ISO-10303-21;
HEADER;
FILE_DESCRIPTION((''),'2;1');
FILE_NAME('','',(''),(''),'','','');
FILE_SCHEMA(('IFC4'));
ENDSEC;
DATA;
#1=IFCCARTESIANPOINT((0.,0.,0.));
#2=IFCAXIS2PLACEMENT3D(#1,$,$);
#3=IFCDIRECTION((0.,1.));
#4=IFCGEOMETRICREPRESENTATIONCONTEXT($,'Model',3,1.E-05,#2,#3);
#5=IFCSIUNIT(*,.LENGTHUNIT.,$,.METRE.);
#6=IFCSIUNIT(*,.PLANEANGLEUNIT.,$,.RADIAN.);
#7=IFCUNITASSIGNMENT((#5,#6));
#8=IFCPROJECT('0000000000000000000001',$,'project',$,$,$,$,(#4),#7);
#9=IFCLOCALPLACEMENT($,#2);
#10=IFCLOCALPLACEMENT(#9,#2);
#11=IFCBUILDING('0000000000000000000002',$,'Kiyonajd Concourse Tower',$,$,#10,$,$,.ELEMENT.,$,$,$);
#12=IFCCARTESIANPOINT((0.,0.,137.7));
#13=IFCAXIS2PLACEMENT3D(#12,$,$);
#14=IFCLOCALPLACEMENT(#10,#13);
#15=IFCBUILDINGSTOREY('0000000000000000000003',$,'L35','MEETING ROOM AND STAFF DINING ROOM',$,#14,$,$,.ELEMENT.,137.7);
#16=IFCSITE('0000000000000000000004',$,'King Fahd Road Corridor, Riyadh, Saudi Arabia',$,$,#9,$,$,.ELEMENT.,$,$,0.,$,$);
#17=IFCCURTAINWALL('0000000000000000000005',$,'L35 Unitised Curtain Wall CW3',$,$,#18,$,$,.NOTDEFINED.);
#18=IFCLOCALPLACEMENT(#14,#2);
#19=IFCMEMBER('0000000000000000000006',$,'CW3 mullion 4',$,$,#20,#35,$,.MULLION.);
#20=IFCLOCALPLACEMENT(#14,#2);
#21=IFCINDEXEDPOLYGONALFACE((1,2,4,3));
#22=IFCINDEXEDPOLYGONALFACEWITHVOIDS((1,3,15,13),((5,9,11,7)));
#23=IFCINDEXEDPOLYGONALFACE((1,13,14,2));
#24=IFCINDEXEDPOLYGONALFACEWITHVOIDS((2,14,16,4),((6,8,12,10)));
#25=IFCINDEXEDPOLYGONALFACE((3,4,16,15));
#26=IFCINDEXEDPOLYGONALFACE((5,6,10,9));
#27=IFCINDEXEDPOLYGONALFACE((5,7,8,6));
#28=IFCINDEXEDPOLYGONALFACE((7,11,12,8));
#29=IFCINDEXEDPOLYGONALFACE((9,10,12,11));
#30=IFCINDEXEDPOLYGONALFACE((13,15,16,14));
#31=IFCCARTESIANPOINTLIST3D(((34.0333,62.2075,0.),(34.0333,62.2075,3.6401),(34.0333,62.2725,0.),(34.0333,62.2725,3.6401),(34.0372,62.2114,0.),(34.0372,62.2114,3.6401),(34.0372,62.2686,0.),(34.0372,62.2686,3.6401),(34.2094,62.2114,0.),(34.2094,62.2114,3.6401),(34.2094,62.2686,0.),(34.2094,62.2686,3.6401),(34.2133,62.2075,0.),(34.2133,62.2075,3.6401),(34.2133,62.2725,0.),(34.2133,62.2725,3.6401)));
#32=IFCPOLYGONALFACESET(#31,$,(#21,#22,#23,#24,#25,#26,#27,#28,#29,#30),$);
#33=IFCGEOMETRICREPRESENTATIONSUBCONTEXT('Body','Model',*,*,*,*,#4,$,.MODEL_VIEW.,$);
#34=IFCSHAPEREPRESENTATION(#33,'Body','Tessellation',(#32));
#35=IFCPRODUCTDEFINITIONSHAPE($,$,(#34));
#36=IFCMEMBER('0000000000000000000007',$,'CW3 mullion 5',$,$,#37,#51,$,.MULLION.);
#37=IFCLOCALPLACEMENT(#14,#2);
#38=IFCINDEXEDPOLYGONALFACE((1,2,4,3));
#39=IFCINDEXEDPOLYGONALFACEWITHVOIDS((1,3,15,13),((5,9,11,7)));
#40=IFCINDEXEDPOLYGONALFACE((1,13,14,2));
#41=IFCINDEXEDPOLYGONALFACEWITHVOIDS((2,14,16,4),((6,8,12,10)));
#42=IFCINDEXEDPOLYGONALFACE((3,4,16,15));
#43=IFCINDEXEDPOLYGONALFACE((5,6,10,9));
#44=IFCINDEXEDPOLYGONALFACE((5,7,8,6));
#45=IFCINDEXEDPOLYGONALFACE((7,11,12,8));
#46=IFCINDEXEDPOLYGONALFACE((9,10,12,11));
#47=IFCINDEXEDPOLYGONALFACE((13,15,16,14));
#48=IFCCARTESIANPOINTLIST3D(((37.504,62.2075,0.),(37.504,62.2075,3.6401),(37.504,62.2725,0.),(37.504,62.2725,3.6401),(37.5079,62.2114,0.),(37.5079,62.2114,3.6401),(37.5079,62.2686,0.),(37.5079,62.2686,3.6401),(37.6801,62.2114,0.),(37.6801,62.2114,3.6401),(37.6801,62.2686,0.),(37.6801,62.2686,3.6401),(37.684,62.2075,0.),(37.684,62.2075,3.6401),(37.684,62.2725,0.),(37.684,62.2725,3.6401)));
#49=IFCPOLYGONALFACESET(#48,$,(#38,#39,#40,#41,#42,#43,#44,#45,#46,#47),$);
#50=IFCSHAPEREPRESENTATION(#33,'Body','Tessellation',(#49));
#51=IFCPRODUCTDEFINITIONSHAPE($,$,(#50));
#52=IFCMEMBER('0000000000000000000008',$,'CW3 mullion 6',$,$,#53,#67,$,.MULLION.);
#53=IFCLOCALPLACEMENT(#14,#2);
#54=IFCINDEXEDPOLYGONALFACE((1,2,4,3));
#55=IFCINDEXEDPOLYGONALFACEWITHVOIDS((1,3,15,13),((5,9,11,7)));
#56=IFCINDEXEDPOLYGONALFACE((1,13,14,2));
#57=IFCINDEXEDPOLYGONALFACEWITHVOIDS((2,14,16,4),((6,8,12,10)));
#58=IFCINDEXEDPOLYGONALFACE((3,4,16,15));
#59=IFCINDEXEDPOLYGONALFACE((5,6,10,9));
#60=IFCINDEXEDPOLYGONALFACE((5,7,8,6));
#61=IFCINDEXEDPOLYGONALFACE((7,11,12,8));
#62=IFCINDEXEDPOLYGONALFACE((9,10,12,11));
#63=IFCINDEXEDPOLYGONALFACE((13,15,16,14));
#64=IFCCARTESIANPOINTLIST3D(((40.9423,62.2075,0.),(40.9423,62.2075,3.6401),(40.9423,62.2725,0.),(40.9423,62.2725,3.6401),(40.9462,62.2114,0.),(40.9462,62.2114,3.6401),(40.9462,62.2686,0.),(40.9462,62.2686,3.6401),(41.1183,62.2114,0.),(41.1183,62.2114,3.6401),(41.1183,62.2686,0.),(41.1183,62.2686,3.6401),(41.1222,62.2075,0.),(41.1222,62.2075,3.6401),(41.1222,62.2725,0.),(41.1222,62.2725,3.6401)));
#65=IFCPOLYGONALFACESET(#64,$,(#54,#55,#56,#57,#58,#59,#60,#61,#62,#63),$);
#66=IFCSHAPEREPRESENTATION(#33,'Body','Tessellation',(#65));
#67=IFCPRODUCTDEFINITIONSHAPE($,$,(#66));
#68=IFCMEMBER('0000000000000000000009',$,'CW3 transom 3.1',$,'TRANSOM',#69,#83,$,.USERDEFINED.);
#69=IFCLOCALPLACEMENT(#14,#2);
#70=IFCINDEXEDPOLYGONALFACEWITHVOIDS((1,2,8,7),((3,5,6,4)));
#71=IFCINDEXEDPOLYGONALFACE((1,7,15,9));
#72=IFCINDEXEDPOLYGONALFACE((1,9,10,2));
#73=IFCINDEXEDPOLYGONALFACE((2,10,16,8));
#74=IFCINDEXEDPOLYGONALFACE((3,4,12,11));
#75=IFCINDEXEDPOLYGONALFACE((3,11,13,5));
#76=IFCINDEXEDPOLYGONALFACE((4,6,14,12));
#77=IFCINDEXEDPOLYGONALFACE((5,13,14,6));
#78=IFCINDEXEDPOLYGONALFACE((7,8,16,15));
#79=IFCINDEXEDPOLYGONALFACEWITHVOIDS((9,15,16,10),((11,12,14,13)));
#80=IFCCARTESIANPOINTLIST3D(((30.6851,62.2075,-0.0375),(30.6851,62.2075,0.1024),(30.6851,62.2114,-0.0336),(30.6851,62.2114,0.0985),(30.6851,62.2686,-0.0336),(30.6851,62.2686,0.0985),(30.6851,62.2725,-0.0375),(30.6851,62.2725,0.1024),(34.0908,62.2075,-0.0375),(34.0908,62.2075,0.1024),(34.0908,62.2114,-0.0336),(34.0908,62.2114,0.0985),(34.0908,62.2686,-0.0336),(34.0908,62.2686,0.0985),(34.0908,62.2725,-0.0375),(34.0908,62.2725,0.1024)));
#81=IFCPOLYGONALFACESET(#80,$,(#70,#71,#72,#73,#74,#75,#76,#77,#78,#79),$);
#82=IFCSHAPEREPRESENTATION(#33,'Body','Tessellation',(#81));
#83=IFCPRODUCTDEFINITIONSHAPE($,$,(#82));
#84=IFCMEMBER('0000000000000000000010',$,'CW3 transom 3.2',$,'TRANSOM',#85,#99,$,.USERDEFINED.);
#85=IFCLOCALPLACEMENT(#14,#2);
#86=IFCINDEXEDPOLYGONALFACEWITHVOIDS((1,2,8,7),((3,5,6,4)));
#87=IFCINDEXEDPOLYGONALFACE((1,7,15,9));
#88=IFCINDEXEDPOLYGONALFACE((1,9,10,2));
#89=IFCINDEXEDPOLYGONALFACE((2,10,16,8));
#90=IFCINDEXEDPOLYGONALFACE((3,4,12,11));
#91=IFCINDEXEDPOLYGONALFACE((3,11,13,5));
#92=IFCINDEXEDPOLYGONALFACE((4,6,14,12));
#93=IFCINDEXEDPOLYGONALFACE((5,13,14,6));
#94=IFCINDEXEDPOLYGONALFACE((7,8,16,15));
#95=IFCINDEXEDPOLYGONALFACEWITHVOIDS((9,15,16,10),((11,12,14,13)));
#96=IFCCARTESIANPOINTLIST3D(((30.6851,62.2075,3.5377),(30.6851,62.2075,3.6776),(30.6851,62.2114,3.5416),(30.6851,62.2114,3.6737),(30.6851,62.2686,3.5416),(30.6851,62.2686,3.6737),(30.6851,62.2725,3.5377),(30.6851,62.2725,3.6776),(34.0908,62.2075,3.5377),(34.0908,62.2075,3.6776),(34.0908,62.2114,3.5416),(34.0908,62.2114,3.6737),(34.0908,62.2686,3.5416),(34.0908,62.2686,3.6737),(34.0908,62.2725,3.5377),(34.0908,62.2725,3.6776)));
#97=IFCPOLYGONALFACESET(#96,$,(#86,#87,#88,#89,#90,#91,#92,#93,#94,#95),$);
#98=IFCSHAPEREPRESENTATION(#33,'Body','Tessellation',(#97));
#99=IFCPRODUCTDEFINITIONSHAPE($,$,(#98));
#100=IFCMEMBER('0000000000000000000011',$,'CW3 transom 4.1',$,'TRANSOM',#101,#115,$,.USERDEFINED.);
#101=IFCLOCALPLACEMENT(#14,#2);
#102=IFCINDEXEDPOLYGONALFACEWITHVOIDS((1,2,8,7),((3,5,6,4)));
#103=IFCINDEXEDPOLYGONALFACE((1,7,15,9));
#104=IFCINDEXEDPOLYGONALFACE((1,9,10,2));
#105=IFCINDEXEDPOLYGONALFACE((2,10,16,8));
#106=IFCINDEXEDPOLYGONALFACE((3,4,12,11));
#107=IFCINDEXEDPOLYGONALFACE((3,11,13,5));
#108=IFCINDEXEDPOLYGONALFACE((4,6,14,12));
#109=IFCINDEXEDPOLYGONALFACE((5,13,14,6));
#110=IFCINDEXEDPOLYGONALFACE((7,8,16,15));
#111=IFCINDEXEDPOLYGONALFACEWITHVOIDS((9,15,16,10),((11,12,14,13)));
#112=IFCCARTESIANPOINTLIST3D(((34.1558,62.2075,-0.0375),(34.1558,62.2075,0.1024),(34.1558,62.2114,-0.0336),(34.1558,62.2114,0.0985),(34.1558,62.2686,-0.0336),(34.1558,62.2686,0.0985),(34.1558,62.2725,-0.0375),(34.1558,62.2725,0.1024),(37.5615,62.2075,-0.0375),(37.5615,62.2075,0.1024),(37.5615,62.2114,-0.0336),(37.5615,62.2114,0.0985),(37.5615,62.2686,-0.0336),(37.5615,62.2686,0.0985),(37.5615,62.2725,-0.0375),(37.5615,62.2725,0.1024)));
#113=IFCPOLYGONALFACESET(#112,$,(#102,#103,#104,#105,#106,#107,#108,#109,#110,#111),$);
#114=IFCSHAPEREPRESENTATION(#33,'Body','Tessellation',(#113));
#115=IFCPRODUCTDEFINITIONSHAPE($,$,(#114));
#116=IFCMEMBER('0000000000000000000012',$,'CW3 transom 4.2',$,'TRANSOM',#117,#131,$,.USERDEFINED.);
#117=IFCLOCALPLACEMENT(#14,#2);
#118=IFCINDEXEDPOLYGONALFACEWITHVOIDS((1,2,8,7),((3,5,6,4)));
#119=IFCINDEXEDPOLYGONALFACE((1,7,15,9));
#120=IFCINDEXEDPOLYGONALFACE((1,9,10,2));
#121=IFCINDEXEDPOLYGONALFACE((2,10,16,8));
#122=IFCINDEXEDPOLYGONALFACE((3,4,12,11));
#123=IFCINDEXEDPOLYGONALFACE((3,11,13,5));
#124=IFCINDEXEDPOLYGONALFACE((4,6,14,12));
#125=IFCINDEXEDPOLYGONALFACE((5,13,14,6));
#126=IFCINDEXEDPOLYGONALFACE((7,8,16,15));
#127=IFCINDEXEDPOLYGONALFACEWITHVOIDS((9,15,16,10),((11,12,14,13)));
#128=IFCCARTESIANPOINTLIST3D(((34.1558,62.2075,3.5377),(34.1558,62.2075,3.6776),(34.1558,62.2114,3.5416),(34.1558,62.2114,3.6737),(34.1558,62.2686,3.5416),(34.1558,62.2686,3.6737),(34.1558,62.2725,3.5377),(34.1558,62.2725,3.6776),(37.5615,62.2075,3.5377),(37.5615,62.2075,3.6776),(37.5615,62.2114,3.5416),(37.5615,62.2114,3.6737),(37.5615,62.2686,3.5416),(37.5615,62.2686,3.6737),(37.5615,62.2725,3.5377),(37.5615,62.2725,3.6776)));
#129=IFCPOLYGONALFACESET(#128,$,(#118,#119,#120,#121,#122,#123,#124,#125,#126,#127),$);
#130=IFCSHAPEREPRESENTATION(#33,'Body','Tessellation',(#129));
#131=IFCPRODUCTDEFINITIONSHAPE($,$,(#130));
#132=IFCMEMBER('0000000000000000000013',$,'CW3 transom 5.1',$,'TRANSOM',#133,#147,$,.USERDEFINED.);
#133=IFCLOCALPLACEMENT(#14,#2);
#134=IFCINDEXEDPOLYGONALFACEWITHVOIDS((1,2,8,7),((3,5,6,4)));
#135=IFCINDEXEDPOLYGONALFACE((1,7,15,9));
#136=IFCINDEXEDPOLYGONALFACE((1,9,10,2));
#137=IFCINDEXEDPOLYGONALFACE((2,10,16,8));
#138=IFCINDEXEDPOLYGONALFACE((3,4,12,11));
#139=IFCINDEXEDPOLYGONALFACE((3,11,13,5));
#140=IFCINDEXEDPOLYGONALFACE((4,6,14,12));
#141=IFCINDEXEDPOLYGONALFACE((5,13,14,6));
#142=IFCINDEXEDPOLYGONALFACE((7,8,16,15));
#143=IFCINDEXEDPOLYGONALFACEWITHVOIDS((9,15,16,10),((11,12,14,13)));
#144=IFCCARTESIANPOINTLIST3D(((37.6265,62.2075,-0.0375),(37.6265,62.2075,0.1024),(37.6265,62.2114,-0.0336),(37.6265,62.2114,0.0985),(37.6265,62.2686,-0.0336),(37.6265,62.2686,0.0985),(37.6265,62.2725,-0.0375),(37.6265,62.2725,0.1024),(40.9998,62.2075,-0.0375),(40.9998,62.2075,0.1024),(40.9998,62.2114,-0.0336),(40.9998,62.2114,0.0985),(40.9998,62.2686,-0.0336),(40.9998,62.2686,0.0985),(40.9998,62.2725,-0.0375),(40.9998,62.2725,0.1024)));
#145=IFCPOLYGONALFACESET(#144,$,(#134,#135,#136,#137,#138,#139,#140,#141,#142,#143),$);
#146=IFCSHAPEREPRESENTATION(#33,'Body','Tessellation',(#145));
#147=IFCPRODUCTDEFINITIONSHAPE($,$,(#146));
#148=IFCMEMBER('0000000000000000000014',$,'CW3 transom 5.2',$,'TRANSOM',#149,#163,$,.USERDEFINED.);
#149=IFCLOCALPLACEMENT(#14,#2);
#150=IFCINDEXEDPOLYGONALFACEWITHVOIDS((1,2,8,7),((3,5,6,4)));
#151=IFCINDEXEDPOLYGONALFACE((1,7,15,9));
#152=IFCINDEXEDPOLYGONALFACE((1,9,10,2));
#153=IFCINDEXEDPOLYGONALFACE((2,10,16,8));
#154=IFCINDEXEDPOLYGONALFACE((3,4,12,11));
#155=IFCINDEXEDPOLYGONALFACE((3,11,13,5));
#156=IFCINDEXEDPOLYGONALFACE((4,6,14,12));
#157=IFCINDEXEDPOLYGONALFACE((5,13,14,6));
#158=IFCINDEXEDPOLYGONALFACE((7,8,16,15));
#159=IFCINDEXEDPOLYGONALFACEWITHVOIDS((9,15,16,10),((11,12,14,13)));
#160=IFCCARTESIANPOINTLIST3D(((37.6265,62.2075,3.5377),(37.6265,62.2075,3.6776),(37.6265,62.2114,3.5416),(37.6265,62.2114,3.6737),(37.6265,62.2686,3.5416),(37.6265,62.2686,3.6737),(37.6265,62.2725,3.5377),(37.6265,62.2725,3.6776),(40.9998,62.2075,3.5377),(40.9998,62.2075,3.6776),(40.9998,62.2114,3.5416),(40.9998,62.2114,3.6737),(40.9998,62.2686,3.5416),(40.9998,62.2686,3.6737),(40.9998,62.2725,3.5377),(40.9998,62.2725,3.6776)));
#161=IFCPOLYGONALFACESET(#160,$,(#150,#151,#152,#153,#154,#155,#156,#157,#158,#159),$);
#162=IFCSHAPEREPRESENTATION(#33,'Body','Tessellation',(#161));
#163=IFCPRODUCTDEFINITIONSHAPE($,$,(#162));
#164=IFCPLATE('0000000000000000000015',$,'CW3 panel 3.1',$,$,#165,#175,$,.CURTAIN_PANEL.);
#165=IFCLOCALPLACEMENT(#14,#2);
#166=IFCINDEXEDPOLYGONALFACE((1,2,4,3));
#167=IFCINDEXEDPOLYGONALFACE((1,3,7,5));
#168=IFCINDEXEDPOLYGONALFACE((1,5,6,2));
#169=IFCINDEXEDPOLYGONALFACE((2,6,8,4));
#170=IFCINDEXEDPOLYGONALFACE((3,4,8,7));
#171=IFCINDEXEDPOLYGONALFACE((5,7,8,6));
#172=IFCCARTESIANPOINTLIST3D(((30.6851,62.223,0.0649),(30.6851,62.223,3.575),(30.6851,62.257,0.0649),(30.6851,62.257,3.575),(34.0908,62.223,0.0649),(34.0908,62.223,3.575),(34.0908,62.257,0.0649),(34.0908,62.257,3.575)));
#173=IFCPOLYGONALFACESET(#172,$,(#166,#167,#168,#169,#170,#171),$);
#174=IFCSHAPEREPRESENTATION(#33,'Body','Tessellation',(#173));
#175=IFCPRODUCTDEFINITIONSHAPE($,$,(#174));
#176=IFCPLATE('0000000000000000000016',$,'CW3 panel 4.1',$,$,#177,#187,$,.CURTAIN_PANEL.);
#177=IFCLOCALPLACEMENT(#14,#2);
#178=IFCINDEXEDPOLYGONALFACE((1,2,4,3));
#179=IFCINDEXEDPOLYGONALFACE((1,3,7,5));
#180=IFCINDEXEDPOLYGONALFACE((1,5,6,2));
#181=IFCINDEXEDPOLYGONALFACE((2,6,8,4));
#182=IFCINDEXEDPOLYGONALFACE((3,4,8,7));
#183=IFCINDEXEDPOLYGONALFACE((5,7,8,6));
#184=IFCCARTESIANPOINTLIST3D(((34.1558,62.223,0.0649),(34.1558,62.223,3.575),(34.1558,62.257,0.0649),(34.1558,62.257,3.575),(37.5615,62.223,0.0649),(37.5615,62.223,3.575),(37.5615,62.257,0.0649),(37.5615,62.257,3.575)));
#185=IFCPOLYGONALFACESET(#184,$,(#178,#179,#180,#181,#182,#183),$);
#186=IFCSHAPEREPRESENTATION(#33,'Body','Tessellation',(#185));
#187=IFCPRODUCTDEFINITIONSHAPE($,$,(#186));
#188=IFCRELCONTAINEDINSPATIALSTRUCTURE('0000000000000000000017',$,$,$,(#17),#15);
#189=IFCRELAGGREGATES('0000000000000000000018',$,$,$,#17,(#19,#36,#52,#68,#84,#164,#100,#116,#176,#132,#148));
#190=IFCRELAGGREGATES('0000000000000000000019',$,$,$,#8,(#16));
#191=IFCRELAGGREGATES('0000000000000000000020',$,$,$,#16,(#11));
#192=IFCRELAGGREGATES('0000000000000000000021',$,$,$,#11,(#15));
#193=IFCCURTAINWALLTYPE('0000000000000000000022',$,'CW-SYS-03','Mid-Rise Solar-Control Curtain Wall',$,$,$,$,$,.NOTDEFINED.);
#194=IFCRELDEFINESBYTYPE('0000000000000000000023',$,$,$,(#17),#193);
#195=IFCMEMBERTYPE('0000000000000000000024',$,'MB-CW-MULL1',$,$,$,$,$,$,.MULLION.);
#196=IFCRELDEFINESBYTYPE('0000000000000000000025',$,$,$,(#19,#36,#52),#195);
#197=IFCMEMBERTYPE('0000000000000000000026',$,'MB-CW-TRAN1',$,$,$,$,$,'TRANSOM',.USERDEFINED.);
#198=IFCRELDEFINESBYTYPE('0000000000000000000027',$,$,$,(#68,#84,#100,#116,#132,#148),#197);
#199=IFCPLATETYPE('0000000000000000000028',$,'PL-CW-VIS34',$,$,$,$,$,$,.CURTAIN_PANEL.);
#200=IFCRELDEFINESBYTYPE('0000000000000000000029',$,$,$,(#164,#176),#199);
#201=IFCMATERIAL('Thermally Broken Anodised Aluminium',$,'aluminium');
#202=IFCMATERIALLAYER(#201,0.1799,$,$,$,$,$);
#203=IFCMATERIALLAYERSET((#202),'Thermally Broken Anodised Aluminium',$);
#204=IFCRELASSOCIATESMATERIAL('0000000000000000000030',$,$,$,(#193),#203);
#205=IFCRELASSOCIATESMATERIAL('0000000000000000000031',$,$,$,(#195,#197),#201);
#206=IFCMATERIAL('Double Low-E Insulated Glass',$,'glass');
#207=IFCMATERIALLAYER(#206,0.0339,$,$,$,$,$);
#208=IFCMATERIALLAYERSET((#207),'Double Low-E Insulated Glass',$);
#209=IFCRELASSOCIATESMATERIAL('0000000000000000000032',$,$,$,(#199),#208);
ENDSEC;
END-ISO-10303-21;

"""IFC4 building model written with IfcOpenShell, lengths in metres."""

from ifc_helpers import new_model, si_unit, direction, frame, origin, origin_2d, place, context, subcontext, project, spatial, rectangle, hollow_rectangle, extrude, material, layer, layer_set, material_profile, profile_set, type_object, element, aggregate, save


model = new_model("IFC4")

# Units and contexts
model_context = context("Model", 3, precision=1e-05, world=origin(), true_north=direction((0.0, 1.0)))
body_context = subcontext(model_context, "Body", "Model", "MODEL_VIEW")
ifc_project = project(units=[si_unit("LENGTHUNIT", "METRE"), si_unit("PLANEANGLEUNIT", "RADIAN")], contexts=[model_context])

# Site, building, storey
site_placement = place(None, origin())
site = spatial("IfcSite", under=ifc_project, at=site_placement, Name="King Fahd Road Corridor, Riyadh, Saudi Arabia", CompositionType="ELEMENT", RefElevation=0.0)
building_placement = place(site_placement, origin())
building = spatial("IfcBuilding", under=site, at=building_placement, Name="Kiyonajd Concourse Tower", CompositionType="ELEMENT")
storey_placement = place(building_placement, frame((0.0, 0.0, 137.7)))
storey = spatial("IfcBuildingStorey", under=building, at=storey_placement, Name="L35", Description="MEETING ROOM AND STAFF DINING ROOM", CompositionType="ELEMENT", Elevation=137.7)

# Curtain wall, members, plates
ifc_material_1 = material(Name="Thermally Broken Anodised Aluminium", Category="aluminium")
ifc_layer_1 = layer(ifc_material_1, 0.1799)
ifc_layer_set_1 = layer_set([ifc_layer_1], Name="Thermally Broken Anodised Aluminium")
curtain_wall_type = type_object("IfcCurtainWallType", Name="CW-SYS-03", Description="Mid-Rise Solar-Control Curtain Wall", PredefinedType="NOTDEFINED", material=ifc_layer_set_1)
curtain_wall_placement = place(storey_placement, origin())
curtain_wall = element("IfcCurtainWall", 1, at=curtain_wall_placement, inside=storey, type_object=curtain_wall_type, Name="L35 Unitised Curtain Wall CW3", PredefinedType="NOTDEFINED")
ifc_material_profile_1 = material_profile(ifc_material_1, hollow_rectangle(XDim=0.0649, YDim=0.1799, WallThickness=0.0039, at=origin_2d()), Name="MULL-65x180")
ifc_profile_set_1 = profile_set([ifc_material_profile_1], Name="Thermally Broken Anodised Aluminium")
member_type_1 = type_object("IfcMemberType", Name="MB-CW-MULL1", PredefinedType="MULLION", material=ifc_profile_set_1)
member_1_placement = place(storey_placement, frame((34.1233, 62.24, 0.0), z_axis=(0.0, 0.0, 1.0), x_axis=(0.0, 1.0, 0.0)))
member_1 = element("IfcMember", 2, at=member_1_placement, type_object=member_type_1, Name="CW3 mullion 4", PredefinedType="MULLION", context=body_context, shape_type="SweptSolid", body=[
    extrude(hollow_rectangle(XDim=0.0649, YDim=0.1799, WallThickness=0.0039, at=origin_2d()), origin(), (0.0, 0.0, 1.0), 3.6401),
])
member_2_placement = place(storey_placement, frame((37.594, 62.24, 0.0), z_axis=(0.0, 0.0, 1.0), x_axis=(0.0, 1.0, 0.0)))
member_2 = element("IfcMember", 3, at=member_2_placement, type_object=member_type_1, Name="CW3 mullion 5", PredefinedType="MULLION", context=body_context, shape_type="SweptSolid", body=[
    extrude(hollow_rectangle(XDim=0.0649, YDim=0.1799, WallThickness=0.0039, at=origin_2d()), origin(), (0.0, 0.0, 1.0), 3.6401),
])
member_3_placement = place(storey_placement, frame((41.0322, 62.24, 0.0), z_axis=(0.0, 0.0, 1.0), x_axis=(0.0, 1.0, 0.0)))
member_3 = element("IfcMember", 4, at=member_3_placement, type_object=member_type_1, Name="CW3 mullion 6", PredefinedType="MULLION", context=body_context, shape_type="SweptSolid", body=[
    extrude(hollow_rectangle(XDim=0.0649, YDim=0.1799, WallThickness=0.0039, at=origin_2d()), origin(), (0.0, 0.0, 1.0), 3.6401),
])
ifc_material_profile_2 = material_profile(ifc_material_1, hollow_rectangle(XDim=0.0649, YDim=0.1399, WallThickness=0.0039, at=origin_2d()), Name="TRAN-65x140")
ifc_profile_set_2 = profile_set([ifc_material_profile_2], Name="Thermally Broken Anodised Aluminium")
member_type_2 = type_object("IfcMemberType", Name="MB-CW-TRAN1", ElementType="TRANSOM", PredefinedType="USERDEFINED", material=ifc_profile_set_2)
member_4_placement = place(storey_placement, frame((30.6851, 62.24, 0.0325), z_axis=(1.0, 0.0, 0.0), x_axis=(0.0, 1.0, 0.0)))
member_4 = element("IfcMember", 5, at=member_4_placement, type_object=member_type_2, Name="CW3 transom 3.1", ObjectType="TRANSOM", PredefinedType="USERDEFINED", context=body_context, shape_type="SweptSolid", body=[
    extrude(hollow_rectangle(XDim=0.0649, YDim=0.1399, WallThickness=0.0039, at=origin_2d()), origin(), (0.0, 0.0, 1.0), 3.4058),
])
member_5_placement = place(storey_placement, frame((30.6851, 62.24, 3.6077), z_axis=(1.0, 0.0, 0.0), x_axis=(0.0, 1.0, 0.0)))
member_5 = element("IfcMember", 6, at=member_5_placement, type_object=member_type_2, Name="CW3 transom 3.2", ObjectType="TRANSOM", PredefinedType="USERDEFINED", context=body_context, shape_type="SweptSolid", body=[
    extrude(hollow_rectangle(XDim=0.0649, YDim=0.1399, WallThickness=0.0039, at=origin_2d()), origin(), (0.0, 0.0, 1.0), 3.4058),
])
member_6_placement = place(storey_placement, frame((34.1558, 62.24, 0.0325), z_axis=(1.0, 0.0, 0.0), x_axis=(0.0, 1.0, 0.0)))
member_6 = element("IfcMember", 7, at=member_6_placement, type_object=member_type_2, Name="CW3 transom 4.1", ObjectType="TRANSOM", PredefinedType="USERDEFINED", context=body_context, shape_type="SweptSolid", body=[
    extrude(hollow_rectangle(XDim=0.0649, YDim=0.1399, WallThickness=0.0039, at=origin_2d()), origin(), (0.0, 0.0, 1.0), 3.4058),
])
member_7_placement = place(storey_placement, frame((34.1558, 62.24, 3.6077), z_axis=(1.0, 0.0, 0.0), x_axis=(0.0, 1.0, 0.0)))
member_7 = element("IfcMember", 8, at=member_7_placement, type_object=member_type_2, Name="CW3 transom 4.2", ObjectType="TRANSOM", PredefinedType="USERDEFINED", context=body_context, shape_type="SweptSolid", body=[
    extrude(hollow_rectangle(XDim=0.0649, YDim=0.1399, WallThickness=0.0039, at=origin_2d()), origin(), (0.0, 0.0, 1.0), 3.4058),
])
member_8_placement = place(storey_placement, frame((37.6265, 62.24, 0.0325), z_axis=(1.0, 0.0, 0.0), x_axis=(0.0, 1.0, 0.0)))
member_8 = element("IfcMember", 9, at=member_8_placement, type_object=member_type_2, Name="CW3 transom 5.1", ObjectType="TRANSOM", PredefinedType="USERDEFINED", context=body_context, shape_type="SweptSolid", body=[
    extrude(hollow_rectangle(XDim=0.0649, YDim=0.1399, WallThickness=0.0039, at=origin_2d()), origin(), (0.0, 0.0, 1.0), 3.3733),
])
member_9_placement = place(storey_placement, frame((37.6265, 62.24, 3.6077), z_axis=(1.0, 0.0, 0.0), x_axis=(0.0, 1.0, 0.0)))
member_9 = element("IfcMember", 10, at=member_9_placement, type_object=member_type_2, Name="CW3 transom 5.2", ObjectType="TRANSOM", PredefinedType="USERDEFINED", context=body_context, shape_type="SweptSolid", body=[
    extrude(hollow_rectangle(XDim=0.0649, YDim=0.1399, WallThickness=0.0039, at=origin_2d()), origin(), (0.0, 0.0, 1.0), 3.3733),
])
ifc_material_2 = material(Name="Double Low-E Insulated Glass", Category="glass")
ifc_layer_2 = layer(ifc_material_2, 0.0339)
ifc_layer_set_2 = layer_set([ifc_layer_2], Name="Double Low-E Insulated Glass")
plate_type_1 = type_object("IfcPlateType", Name="PL-CW-VIS34", PredefinedType="CURTAIN_PANEL", material=ifc_layer_set_2)
plate_1_placement = place(storey_placement, frame((32.3879, 62.24, 0.0649), z_axis=(0.0, 0.0, 1.0), x_axis=(1.0, 0.0, 0.0)))
plate_1 = element("IfcPlate", 11, at=plate_1_placement, type_object=plate_type_1, Name="CW3 panel 3.1", PredefinedType="CURTAIN_PANEL", context=body_context, shape_type="SweptSolid", body=[
    extrude(rectangle(XDim=3.4058, YDim=0.0339, at=origin_2d()), origin(), (0.0, 0.0, 1.0), 3.51),
])
plate_2_placement = place(storey_placement, frame((35.8586, 62.24, 0.0649), z_axis=(0.0, 0.0, 1.0), x_axis=(1.0, 0.0, 0.0)))
plate_2 = element("IfcPlate", 12, at=plate_2_placement, type_object=plate_type_1, Name="CW3 panel 4.1", PredefinedType="CURTAIN_PANEL", context=body_context, shape_type="SweptSolid", body=[
    extrude(rectangle(XDim=3.4058, YDim=0.0339, at=origin_2d()), origin(), (0.0, 0.0, 1.0), 3.51),
])
aggregate(curtain_wall, [member_1, member_2, member_3, member_4, member_5, plate_1, member_6, member_7, plate_2, member_8, member_9])

save(model, "model.ifc")
